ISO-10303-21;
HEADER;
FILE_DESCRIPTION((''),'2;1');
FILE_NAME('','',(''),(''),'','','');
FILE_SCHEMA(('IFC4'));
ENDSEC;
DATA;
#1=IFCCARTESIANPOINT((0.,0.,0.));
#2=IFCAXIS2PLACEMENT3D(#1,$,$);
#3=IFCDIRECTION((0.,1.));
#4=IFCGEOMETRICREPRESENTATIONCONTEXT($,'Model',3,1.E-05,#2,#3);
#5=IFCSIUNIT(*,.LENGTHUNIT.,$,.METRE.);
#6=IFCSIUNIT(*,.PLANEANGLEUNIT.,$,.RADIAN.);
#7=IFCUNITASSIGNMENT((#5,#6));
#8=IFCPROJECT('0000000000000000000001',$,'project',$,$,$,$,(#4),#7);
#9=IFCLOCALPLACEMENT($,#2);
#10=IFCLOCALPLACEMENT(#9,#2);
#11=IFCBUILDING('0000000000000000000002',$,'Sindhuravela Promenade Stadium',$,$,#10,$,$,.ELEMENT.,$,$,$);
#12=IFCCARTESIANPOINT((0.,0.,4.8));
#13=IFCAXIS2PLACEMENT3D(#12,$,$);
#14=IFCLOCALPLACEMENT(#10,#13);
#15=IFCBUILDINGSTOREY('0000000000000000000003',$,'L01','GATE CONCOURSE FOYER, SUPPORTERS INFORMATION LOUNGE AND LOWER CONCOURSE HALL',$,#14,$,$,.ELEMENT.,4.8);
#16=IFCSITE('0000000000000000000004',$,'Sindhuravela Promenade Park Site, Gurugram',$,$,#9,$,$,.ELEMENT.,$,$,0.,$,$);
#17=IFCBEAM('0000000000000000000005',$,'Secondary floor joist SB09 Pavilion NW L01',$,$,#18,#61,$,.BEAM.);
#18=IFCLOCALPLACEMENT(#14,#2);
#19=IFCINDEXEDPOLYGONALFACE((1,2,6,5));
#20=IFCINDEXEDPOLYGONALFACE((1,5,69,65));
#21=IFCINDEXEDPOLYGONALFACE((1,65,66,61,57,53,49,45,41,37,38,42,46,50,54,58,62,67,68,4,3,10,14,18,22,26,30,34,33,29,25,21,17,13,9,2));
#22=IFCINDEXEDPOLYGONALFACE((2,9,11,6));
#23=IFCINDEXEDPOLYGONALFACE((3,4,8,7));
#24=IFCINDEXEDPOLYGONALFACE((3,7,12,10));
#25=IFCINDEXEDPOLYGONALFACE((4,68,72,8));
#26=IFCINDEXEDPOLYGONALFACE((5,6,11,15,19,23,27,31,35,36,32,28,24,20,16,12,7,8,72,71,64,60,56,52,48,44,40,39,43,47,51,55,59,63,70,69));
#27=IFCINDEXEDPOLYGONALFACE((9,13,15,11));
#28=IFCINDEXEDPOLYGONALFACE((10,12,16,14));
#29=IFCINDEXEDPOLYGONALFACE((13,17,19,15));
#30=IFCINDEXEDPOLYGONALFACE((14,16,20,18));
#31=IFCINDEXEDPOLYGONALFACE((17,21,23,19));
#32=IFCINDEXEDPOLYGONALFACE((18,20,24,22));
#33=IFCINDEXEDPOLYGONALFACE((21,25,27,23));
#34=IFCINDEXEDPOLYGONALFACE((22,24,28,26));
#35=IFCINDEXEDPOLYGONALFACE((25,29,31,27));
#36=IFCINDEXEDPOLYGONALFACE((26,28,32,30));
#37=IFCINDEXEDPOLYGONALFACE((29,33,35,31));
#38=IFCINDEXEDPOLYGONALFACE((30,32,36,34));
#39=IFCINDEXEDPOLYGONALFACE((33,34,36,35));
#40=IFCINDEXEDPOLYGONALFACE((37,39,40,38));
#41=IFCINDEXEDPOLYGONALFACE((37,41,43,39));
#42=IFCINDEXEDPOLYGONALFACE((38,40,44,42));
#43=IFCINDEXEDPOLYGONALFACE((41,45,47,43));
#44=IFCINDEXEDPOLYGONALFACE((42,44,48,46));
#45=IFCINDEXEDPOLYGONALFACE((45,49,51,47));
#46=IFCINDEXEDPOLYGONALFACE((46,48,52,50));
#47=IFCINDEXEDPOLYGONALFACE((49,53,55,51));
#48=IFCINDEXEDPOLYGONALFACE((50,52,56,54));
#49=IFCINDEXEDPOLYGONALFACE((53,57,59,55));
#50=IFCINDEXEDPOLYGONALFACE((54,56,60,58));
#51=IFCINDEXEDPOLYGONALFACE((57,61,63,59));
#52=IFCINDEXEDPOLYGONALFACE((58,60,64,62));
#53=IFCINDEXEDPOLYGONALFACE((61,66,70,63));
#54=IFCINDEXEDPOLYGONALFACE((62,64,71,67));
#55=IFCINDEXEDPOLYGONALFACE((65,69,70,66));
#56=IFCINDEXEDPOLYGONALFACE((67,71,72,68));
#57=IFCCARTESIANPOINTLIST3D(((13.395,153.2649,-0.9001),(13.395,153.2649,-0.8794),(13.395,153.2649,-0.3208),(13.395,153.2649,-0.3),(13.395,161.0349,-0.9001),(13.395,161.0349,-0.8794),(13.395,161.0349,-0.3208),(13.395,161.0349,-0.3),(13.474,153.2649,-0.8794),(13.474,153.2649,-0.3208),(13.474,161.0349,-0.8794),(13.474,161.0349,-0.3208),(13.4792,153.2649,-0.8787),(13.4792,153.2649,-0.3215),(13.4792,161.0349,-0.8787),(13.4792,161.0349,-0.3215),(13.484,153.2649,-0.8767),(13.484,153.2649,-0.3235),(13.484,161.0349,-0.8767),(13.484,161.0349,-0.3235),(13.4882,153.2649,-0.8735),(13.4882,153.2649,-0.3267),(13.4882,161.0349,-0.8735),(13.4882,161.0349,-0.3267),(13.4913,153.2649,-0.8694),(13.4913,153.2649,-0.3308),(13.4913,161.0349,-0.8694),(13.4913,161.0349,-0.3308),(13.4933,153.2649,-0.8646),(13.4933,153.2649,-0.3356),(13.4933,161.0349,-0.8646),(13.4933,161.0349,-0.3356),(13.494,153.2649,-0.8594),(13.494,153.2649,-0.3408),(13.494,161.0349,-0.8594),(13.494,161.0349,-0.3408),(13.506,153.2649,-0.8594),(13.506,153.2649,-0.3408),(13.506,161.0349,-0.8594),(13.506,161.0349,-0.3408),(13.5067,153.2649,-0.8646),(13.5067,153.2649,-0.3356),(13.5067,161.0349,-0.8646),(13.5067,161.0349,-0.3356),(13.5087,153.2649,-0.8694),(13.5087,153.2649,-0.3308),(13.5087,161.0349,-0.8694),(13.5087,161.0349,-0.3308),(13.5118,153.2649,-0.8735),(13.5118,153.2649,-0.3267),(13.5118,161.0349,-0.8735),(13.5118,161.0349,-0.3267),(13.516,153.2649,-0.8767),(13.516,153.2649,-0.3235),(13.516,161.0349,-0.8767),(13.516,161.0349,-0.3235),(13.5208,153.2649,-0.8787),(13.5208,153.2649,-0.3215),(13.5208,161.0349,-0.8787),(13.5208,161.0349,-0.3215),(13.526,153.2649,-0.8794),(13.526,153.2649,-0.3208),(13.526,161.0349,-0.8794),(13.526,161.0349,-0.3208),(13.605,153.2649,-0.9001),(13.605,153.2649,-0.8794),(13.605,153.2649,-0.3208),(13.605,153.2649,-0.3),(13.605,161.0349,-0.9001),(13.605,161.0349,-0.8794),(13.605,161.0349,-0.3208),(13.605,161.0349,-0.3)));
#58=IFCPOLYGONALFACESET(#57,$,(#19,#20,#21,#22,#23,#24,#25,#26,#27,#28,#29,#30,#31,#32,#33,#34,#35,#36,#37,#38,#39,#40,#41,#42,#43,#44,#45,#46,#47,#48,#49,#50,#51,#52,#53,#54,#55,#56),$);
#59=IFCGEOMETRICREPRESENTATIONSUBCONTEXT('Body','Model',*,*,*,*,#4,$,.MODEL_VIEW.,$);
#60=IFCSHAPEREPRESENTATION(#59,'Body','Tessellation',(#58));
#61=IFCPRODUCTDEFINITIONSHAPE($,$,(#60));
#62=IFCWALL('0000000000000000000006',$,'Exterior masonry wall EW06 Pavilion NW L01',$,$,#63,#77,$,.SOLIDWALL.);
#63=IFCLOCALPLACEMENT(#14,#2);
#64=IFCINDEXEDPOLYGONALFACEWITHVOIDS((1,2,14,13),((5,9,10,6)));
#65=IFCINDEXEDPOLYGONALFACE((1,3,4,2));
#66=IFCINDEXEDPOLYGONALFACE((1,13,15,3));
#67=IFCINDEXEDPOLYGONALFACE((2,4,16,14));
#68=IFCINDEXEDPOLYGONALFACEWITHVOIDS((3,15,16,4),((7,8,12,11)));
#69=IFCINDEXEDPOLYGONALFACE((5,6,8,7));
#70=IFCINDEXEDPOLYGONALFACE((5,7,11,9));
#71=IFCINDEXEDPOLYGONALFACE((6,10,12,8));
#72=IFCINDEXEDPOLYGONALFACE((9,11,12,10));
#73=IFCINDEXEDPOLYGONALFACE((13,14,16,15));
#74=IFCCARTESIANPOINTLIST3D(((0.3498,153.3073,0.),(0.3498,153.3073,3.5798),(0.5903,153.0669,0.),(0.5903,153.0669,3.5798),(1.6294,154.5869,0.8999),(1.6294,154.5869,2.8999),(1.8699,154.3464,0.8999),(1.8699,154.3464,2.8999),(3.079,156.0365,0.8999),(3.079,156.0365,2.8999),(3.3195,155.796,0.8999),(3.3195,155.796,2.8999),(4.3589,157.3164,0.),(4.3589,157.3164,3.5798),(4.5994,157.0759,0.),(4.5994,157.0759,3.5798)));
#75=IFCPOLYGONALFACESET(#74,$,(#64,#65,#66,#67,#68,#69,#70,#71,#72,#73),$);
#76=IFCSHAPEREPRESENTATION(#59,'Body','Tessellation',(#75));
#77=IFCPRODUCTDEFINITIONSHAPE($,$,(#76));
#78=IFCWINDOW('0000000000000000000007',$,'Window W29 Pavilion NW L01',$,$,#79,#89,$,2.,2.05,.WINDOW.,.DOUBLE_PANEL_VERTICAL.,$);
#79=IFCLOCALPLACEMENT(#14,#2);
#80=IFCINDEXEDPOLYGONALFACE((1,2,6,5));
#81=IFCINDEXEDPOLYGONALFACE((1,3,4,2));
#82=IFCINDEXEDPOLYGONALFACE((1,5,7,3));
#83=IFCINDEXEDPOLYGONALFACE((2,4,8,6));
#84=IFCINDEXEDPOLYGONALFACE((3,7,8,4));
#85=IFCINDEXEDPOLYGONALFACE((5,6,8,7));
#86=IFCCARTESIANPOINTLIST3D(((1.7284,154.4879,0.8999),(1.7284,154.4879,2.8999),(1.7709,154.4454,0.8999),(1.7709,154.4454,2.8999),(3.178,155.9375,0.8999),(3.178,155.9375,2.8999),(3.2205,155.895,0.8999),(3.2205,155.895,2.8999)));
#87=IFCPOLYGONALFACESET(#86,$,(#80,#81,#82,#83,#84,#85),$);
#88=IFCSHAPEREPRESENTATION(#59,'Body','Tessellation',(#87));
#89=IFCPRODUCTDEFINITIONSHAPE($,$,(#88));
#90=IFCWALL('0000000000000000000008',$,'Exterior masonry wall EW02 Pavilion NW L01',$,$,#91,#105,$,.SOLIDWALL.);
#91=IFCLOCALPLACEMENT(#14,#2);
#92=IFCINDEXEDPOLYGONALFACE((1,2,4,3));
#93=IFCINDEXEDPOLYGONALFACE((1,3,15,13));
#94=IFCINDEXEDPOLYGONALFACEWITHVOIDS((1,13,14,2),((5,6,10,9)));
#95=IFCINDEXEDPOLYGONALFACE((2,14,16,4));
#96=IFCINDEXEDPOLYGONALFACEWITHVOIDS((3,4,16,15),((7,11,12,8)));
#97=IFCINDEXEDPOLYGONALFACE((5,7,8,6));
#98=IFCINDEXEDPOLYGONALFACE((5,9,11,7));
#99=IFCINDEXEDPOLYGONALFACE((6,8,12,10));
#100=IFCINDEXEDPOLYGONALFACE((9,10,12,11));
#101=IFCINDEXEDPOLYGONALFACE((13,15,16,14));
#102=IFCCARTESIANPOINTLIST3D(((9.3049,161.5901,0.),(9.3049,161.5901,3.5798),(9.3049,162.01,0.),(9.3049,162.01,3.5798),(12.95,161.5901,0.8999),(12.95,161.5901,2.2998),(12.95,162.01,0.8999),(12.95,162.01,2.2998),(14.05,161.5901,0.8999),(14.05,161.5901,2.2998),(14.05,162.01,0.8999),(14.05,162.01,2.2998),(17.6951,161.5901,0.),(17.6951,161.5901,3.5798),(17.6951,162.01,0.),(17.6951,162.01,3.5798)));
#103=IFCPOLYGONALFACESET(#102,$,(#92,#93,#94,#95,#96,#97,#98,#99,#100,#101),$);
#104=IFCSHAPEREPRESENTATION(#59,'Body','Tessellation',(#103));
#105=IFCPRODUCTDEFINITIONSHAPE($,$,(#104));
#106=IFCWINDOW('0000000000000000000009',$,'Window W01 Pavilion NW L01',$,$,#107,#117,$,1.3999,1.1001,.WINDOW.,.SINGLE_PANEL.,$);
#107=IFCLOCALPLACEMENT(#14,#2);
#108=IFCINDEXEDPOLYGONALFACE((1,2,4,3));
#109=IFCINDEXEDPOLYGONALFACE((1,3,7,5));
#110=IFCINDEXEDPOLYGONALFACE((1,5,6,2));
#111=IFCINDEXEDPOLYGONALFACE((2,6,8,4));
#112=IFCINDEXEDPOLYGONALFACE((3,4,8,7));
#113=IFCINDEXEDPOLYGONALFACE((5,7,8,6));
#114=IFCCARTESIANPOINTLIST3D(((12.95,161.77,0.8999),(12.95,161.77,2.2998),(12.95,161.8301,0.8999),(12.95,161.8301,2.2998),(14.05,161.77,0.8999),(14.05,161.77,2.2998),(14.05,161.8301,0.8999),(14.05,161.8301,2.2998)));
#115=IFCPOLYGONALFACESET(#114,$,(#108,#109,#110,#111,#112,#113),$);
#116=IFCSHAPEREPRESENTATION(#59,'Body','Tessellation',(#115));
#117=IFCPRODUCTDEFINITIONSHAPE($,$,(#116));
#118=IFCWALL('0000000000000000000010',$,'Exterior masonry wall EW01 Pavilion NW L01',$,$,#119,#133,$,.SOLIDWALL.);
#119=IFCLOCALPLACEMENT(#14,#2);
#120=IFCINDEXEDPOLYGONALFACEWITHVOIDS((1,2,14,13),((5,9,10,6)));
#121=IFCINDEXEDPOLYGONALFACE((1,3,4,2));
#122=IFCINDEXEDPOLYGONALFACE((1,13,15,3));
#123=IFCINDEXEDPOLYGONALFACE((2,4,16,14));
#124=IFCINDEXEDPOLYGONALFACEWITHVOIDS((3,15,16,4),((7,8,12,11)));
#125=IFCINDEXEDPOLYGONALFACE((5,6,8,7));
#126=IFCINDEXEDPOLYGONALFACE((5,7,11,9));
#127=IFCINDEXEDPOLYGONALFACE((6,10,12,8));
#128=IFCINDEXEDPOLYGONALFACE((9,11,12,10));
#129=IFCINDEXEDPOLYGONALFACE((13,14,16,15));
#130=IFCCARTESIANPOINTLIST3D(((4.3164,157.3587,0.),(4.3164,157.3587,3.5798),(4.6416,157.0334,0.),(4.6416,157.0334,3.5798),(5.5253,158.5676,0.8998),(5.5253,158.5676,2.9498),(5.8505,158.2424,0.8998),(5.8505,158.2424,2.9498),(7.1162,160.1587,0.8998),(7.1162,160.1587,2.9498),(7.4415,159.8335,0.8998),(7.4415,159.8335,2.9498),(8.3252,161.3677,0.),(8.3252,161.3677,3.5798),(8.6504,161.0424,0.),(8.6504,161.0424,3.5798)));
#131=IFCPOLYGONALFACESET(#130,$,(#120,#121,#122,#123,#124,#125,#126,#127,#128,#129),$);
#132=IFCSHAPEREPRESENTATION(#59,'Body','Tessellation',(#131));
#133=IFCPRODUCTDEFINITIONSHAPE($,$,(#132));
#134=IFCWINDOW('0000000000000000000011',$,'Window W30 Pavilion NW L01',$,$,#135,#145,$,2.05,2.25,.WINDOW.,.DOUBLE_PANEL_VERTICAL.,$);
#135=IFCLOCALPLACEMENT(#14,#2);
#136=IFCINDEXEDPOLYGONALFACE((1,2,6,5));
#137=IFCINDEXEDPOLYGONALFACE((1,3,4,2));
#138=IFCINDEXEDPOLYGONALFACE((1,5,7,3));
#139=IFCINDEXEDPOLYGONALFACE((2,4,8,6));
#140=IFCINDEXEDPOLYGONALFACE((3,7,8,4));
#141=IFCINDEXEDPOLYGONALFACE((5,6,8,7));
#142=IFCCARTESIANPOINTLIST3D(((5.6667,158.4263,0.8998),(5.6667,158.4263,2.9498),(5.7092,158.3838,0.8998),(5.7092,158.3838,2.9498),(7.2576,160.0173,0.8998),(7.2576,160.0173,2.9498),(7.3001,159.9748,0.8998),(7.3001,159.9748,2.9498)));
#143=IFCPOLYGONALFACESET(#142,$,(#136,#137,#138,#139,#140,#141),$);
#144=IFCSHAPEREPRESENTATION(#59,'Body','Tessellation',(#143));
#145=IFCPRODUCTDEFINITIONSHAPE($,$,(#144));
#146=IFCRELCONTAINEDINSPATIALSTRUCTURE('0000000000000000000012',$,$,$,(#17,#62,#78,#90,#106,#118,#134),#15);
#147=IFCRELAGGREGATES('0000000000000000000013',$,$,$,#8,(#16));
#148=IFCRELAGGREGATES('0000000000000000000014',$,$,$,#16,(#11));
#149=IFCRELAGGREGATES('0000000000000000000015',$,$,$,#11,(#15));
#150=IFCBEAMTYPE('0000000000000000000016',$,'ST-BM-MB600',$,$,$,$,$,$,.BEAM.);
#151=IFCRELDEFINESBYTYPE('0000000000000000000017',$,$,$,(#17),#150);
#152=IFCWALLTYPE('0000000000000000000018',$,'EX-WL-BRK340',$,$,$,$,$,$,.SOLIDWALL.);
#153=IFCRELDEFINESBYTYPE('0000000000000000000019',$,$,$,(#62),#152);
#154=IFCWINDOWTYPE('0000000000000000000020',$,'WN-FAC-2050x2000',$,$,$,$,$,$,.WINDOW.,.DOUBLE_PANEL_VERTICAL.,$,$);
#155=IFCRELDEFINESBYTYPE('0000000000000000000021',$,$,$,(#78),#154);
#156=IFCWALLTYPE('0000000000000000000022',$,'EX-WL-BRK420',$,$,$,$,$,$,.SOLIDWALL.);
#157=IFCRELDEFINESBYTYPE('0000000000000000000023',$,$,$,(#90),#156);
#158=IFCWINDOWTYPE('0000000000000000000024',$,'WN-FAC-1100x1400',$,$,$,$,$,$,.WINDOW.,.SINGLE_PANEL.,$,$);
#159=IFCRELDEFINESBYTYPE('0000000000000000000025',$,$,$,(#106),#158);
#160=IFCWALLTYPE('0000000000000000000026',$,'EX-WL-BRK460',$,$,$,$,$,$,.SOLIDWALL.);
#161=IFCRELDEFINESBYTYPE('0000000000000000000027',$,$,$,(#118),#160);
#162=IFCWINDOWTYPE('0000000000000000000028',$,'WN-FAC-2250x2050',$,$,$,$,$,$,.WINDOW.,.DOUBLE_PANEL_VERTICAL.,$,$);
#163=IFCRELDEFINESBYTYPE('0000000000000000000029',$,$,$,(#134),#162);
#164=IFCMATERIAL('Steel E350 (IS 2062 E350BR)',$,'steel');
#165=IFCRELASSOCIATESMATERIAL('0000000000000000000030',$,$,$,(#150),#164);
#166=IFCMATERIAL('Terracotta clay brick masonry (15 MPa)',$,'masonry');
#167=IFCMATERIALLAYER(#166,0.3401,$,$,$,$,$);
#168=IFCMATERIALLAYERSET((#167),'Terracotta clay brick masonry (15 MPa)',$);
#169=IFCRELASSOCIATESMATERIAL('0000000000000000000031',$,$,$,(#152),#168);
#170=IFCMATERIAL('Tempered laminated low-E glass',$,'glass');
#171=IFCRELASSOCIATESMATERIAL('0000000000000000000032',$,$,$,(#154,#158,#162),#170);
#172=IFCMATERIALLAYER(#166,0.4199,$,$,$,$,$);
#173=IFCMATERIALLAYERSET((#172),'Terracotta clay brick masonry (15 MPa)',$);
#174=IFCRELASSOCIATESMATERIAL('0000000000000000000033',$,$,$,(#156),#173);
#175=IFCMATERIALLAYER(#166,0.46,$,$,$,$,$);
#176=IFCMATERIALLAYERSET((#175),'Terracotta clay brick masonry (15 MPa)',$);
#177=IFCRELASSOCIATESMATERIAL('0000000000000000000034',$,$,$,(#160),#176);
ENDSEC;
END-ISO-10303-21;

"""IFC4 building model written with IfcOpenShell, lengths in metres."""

from ifc_helpers import new_model, si_unit, direction, frame, frame_2d, origin, origin_2d, place, context, subcontext, project, spatial, rectangle, i_section, extrude, material, layer, layer_set, material_profile, profile_set, type_object, element, fill, save


model = new_model("IFC4")

# Units and contexts
model_context = context("Model", 3, precision=1e-05, world=origin(), true_north=direction((0.0, 1.0)))
body_context = subcontext(model_context, "Body", "Model", "MODEL_VIEW")
ifc_project = project(units=[si_unit("LENGTHUNIT", "METRE"), si_unit("PLANEANGLEUNIT", "RADIAN")], contexts=[model_context])

# Site, building, storey
site_placement = place(None, origin())
site = spatial("IfcSite", under=ifc_project, at=site_placement, Name="Sindhuravela Promenade Park Site, Gurugram", CompositionType="ELEMENT", RefElevation=0.0)
building_placement = place(site_placement, origin())
building = spatial("IfcBuilding", under=site, at=building_placement, Name="Sindhuravela Promenade Stadium", CompositionType="ELEMENT")
storey_placement = place(building_placement, frame((0.0, 0.0, 4.8)))
storey = spatial("IfcBuildingStorey", under=building, at=storey_placement, Name="L01", Description="GATE CONCOURSE FOYER, SUPPORTERS INFORMATION LOUNGE AND LOWER CONCOURSE HALL", CompositionType="ELEMENT", Elevation=4.8)

# Beam
ifc_material_1 = material(Name="Steel E350 (IS 2062 E350BR)", Category="steel")
ifc_material_profile_1 = material_profile(ifc_material_1, i_section(OverallWidth=0.21, OverallDepth=0.6001, WebThickness=0.012, FlangeThickness=0.0208, FilletRadius=0.02, at=origin_2d()), Name="ISMB 600")
ifc_profile_set_1 = profile_set([ifc_material_profile_1], Name="Steel E350 (IS 2062 E350BR)")
beam_type_1 = type_object("IfcBeamType", Name="ST-BM-MB600", PredefinedType="BEAM", material=ifc_profile_set_1)
beam_1_placement = place(storey_placement, frame((13.5, 153.2649, -0.6001), z_axis=(0.0, 1.0, 0.0), x_axis=(-1.0, 0.0, 0.0)))
element("IfcBeam", 1, at=beam_1_placement, inside=storey, type_object=beam_type_1, Name="Secondary floor joist SB09 Pavilion NW L01", PredefinedType="BEAM", context=body_context, shape_type="SweptSolid", body=[
    extrude(i_section(OverallWidth=0.21, OverallDepth=0.6001, WebThickness=0.012, FlangeThickness=0.0208, FilletRadius=0.02, at=origin_2d()), origin(), (0.0, 0.0, 1.0), 7.77),
])

# Walls, openings, windows
ifc_material_2 = material(Name="Terracotta clay brick masonry (15 MPa)", Category="masonry")
ifc_layer_1 = layer(ifc_material_2, 0.3401)
ifc_layer_set_1 = layer_set([ifc_layer_1], Name="Terracotta clay brick masonry (15 MPa)")
wall_type_1 = type_object("IfcWallType", Name="EX-WL-BRK340", PredefinedType="SOLIDWALL", material=ifc_layer_set_1)
wall_1_placement = place(storey_placement, frame((0.47, 153.187, 0.0), z_axis=(0.0, 0.0, 1.0), x_axis=(0.707107, 0.707107, 0.0)))
wall_1 = element("IfcWall", 2, at=wall_1_placement, inside=storey, type_object=wall_type_1, Name="Exterior masonry wall EW06 Pavilion NW L01", PredefinedType="SOLIDWALL", context=body_context, shape_type="SweptSolid", body=[
    extrude(rectangle(XDim=5.6697, YDim=0.3401, at=frame_2d((2.835, 0.0))), origin(), (0.0, 0.0, 1.0), 3.5798),
])
opening_1_placement = place(wall_1_placement, frame((1.8098, 0.0, 0.8999)))
opening_1 = element("IfcOpeningElement", 3, at=opening_1_placement, cuts=wall_1, PredefinedType="OPENING", context=body_context, shape_type="SweptSolid", body=[
    extrude(rectangle(XDim=2.05, YDim=2.0, at=frame_2d((1.0249, 1.0))), frame((0.0, 0.1799, 0.0), z_axis=(0.0, -1.0, 0.0), x_axis=(1.0, 0.0, 0.0)), (0.0, 0.0, 1.0), 0.3601),
])
ifc_material_3 = material(Name="Tempered laminated low-E glass", Category="glass")
window_type_1 = type_object("IfcWindowType", Name="WN-FAC-2050x2000", PartitioningType="DOUBLE_PANEL_VERTICAL", PredefinedType="WINDOW", material=ifc_material_3)
window_1_placement = place(opening_1_placement, origin())
window_1 = element("IfcWindow", 4, at=window_1_placement, inside=storey, type_object=window_type_1, Name="Window W29 Pavilion NW L01", OverallHeight=2.0, OverallWidth=2.05, PartitioningType="DOUBLE_PANEL_VERTICAL", PredefinedType="WINDOW", context=body_context, shape_type="SweptSolid", body=[
    extrude(rectangle(XDim=2.05, YDim=2.0, at=frame_2d((1.0249, 1.0))), frame((0.0, 0.03, 0.0), z_axis=(0.0, -1.0, 0.0), x_axis=(1.0, 0.0, 0.0)), (0.0, 0.0, 1.0), 0.0601),
])
fill(opening_1, window_1)
ifc_layer_2 = layer(ifc_material_2, 0.4199)
ifc_layer_set_2 = layer_set([ifc_layer_2], Name="Terracotta clay brick masonry (15 MPa)")
wall_type_2 = type_object("IfcWallType", Name="EX-WL-BRK420", PredefinedType="SOLIDWALL", material=ifc_layer_set_2)
wall_2_placement = place(storey_placement, frame((9.3049, 161.8, 0.0), z_axis=(0.0, 0.0, 1.0), x_axis=(1.0, 0.0, 0.0)))
wall_2 = element("IfcWall", 5, at=wall_2_placement, inside=storey, type_object=wall_type_2, Name="Exterior masonry wall EW02 Pavilion NW L01", PredefinedType="SOLIDWALL", context=body_context, shape_type="SweptSolid", body=[
    extrude(rectangle(XDim=8.3901, YDim=0.4199, at=frame_2d((4.1951, 0.0))), origin(), (0.0, 0.0, 1.0), 3.5798),
])
opening_2_placement = place(wall_2_placement, frame((3.645, 0.0, 0.8999)))
opening_2 = element("IfcOpeningElement", 6, at=opening_2_placement, cuts=wall_2, PredefinedType="OPENING", context=body_context, shape_type="SweptSolid", body=[
    extrude(rectangle(XDim=1.1001, YDim=1.3999, at=frame_2d((0.55, 0.7))), frame((0.0, 0.22, 0.0), z_axis=(0.0, -1.0, 0.0), x_axis=(1.0, 0.0, 0.0)), (0.0, 0.0, 1.0), 0.4399),
])
window_type_2 = type_object("IfcWindowType", Name="WN-FAC-1100x1400", PartitioningType="SINGLE_PANEL", PredefinedType="WINDOW", material=ifc_material_3)
window_2_placement = place(opening_2_placement, origin())
window_2 = element("IfcWindow", 7, at=window_2_placement, inside=storey, type_object=window_type_2, Name="Window W01 Pavilion NW L01", OverallHeight=1.3999, OverallWidth=1.1001, PartitioningType="SINGLE_PANEL", PredefinedType="WINDOW", context=body_context, shape_type="SweptSolid", body=[
    extrude(rectangle(XDim=1.1001, YDim=1.3999, at=frame_2d((0.55, 0.7))), frame((0.0, 0.03, 0.0), z_axis=(0.0, -1.0, 0.0), x_axis=(1.0, 0.0, 0.0)), (0.0, 0.0, 1.0), 0.0601),
])
fill(opening_2, window_2)
ifc_layer_3 = layer(ifc_material_2, 0.46)
ifc_layer_set_3 = layer_set([ifc_layer_3], Name="Terracotta clay brick masonry (15 MPa)")
wall_type_3 = type_object("IfcWallType", Name="EX-WL-BRK460", PredefinedType="SOLIDWALL", material=ifc_layer_set_3)
wall_3_placement = place(storey_placement, frame((4.479, 157.196, 0.0), z_axis=(0.0, 0.0, 1.0), x_axis=(0.707085, 0.707128, 0.0)))
wall_3 = element("IfcWall", 8, at=wall_3_placement, inside=storey, type_object=wall_type_3, Name="Exterior masonry wall EW01 Pavilion NW L01", PredefinedType="SOLIDWALL", context=body_context, shape_type="SweptSolid", body=[
    extrude(rectangle(XDim=5.6694, YDim=0.46, at=frame_2d((2.8347, 0.0))), origin(), (0.0, 0.0, 1.0), 3.5798),
])
opening_3_placement = place(wall_3_placement, frame((1.7097, 0.0, 0.8999)))
opening_3 = element("IfcOpeningElement", 9, at=opening_3_placement, cuts=wall_3, PredefinedType="OPENING", context=body_context, shape_type="SweptSolid", body=[
    extrude(rectangle(XDim=2.25, YDim=2.05, at=frame_2d((1.125, 1.0249))), frame((0.0, 0.24, 0.0), z_axis=(0.0, -1.0, 0.0), x_axis=(1.0, 0.0, 0.0)), (0.0, 0.0, 1.0), 0.48),
])
window_type_3 = type_object("IfcWindowType", Name="WN-FAC-2250x2050", PartitioningType="DOUBLE_PANEL_VERTICAL", PredefinedType="WINDOW", material=ifc_material_3)
window_3_placement = place(opening_3_placement, origin())
window_3 = element("IfcWindow", 10, at=window_3_placement, inside=storey, type_object=window_type_3, Name="Window W30 Pavilion NW L01", OverallHeight=2.05, OverallWidth=2.25, PartitioningType="DOUBLE_PANEL_VERTICAL", PredefinedType="WINDOW", context=body_context, shape_type="SweptSolid", body=[
    extrude(rectangle(XDim=2.25, YDim=2.05, at=frame_2d((1.125, 1.0249))), frame((0.0, 0.03, 0.0), z_axis=(0.0, -1.0, 0.0), x_axis=(1.0, 0.0, 0.0)), (0.0, 0.0, 1.0), 0.0601),
])
fill(opening_3, window_3)

save(model, "model.ifc")
